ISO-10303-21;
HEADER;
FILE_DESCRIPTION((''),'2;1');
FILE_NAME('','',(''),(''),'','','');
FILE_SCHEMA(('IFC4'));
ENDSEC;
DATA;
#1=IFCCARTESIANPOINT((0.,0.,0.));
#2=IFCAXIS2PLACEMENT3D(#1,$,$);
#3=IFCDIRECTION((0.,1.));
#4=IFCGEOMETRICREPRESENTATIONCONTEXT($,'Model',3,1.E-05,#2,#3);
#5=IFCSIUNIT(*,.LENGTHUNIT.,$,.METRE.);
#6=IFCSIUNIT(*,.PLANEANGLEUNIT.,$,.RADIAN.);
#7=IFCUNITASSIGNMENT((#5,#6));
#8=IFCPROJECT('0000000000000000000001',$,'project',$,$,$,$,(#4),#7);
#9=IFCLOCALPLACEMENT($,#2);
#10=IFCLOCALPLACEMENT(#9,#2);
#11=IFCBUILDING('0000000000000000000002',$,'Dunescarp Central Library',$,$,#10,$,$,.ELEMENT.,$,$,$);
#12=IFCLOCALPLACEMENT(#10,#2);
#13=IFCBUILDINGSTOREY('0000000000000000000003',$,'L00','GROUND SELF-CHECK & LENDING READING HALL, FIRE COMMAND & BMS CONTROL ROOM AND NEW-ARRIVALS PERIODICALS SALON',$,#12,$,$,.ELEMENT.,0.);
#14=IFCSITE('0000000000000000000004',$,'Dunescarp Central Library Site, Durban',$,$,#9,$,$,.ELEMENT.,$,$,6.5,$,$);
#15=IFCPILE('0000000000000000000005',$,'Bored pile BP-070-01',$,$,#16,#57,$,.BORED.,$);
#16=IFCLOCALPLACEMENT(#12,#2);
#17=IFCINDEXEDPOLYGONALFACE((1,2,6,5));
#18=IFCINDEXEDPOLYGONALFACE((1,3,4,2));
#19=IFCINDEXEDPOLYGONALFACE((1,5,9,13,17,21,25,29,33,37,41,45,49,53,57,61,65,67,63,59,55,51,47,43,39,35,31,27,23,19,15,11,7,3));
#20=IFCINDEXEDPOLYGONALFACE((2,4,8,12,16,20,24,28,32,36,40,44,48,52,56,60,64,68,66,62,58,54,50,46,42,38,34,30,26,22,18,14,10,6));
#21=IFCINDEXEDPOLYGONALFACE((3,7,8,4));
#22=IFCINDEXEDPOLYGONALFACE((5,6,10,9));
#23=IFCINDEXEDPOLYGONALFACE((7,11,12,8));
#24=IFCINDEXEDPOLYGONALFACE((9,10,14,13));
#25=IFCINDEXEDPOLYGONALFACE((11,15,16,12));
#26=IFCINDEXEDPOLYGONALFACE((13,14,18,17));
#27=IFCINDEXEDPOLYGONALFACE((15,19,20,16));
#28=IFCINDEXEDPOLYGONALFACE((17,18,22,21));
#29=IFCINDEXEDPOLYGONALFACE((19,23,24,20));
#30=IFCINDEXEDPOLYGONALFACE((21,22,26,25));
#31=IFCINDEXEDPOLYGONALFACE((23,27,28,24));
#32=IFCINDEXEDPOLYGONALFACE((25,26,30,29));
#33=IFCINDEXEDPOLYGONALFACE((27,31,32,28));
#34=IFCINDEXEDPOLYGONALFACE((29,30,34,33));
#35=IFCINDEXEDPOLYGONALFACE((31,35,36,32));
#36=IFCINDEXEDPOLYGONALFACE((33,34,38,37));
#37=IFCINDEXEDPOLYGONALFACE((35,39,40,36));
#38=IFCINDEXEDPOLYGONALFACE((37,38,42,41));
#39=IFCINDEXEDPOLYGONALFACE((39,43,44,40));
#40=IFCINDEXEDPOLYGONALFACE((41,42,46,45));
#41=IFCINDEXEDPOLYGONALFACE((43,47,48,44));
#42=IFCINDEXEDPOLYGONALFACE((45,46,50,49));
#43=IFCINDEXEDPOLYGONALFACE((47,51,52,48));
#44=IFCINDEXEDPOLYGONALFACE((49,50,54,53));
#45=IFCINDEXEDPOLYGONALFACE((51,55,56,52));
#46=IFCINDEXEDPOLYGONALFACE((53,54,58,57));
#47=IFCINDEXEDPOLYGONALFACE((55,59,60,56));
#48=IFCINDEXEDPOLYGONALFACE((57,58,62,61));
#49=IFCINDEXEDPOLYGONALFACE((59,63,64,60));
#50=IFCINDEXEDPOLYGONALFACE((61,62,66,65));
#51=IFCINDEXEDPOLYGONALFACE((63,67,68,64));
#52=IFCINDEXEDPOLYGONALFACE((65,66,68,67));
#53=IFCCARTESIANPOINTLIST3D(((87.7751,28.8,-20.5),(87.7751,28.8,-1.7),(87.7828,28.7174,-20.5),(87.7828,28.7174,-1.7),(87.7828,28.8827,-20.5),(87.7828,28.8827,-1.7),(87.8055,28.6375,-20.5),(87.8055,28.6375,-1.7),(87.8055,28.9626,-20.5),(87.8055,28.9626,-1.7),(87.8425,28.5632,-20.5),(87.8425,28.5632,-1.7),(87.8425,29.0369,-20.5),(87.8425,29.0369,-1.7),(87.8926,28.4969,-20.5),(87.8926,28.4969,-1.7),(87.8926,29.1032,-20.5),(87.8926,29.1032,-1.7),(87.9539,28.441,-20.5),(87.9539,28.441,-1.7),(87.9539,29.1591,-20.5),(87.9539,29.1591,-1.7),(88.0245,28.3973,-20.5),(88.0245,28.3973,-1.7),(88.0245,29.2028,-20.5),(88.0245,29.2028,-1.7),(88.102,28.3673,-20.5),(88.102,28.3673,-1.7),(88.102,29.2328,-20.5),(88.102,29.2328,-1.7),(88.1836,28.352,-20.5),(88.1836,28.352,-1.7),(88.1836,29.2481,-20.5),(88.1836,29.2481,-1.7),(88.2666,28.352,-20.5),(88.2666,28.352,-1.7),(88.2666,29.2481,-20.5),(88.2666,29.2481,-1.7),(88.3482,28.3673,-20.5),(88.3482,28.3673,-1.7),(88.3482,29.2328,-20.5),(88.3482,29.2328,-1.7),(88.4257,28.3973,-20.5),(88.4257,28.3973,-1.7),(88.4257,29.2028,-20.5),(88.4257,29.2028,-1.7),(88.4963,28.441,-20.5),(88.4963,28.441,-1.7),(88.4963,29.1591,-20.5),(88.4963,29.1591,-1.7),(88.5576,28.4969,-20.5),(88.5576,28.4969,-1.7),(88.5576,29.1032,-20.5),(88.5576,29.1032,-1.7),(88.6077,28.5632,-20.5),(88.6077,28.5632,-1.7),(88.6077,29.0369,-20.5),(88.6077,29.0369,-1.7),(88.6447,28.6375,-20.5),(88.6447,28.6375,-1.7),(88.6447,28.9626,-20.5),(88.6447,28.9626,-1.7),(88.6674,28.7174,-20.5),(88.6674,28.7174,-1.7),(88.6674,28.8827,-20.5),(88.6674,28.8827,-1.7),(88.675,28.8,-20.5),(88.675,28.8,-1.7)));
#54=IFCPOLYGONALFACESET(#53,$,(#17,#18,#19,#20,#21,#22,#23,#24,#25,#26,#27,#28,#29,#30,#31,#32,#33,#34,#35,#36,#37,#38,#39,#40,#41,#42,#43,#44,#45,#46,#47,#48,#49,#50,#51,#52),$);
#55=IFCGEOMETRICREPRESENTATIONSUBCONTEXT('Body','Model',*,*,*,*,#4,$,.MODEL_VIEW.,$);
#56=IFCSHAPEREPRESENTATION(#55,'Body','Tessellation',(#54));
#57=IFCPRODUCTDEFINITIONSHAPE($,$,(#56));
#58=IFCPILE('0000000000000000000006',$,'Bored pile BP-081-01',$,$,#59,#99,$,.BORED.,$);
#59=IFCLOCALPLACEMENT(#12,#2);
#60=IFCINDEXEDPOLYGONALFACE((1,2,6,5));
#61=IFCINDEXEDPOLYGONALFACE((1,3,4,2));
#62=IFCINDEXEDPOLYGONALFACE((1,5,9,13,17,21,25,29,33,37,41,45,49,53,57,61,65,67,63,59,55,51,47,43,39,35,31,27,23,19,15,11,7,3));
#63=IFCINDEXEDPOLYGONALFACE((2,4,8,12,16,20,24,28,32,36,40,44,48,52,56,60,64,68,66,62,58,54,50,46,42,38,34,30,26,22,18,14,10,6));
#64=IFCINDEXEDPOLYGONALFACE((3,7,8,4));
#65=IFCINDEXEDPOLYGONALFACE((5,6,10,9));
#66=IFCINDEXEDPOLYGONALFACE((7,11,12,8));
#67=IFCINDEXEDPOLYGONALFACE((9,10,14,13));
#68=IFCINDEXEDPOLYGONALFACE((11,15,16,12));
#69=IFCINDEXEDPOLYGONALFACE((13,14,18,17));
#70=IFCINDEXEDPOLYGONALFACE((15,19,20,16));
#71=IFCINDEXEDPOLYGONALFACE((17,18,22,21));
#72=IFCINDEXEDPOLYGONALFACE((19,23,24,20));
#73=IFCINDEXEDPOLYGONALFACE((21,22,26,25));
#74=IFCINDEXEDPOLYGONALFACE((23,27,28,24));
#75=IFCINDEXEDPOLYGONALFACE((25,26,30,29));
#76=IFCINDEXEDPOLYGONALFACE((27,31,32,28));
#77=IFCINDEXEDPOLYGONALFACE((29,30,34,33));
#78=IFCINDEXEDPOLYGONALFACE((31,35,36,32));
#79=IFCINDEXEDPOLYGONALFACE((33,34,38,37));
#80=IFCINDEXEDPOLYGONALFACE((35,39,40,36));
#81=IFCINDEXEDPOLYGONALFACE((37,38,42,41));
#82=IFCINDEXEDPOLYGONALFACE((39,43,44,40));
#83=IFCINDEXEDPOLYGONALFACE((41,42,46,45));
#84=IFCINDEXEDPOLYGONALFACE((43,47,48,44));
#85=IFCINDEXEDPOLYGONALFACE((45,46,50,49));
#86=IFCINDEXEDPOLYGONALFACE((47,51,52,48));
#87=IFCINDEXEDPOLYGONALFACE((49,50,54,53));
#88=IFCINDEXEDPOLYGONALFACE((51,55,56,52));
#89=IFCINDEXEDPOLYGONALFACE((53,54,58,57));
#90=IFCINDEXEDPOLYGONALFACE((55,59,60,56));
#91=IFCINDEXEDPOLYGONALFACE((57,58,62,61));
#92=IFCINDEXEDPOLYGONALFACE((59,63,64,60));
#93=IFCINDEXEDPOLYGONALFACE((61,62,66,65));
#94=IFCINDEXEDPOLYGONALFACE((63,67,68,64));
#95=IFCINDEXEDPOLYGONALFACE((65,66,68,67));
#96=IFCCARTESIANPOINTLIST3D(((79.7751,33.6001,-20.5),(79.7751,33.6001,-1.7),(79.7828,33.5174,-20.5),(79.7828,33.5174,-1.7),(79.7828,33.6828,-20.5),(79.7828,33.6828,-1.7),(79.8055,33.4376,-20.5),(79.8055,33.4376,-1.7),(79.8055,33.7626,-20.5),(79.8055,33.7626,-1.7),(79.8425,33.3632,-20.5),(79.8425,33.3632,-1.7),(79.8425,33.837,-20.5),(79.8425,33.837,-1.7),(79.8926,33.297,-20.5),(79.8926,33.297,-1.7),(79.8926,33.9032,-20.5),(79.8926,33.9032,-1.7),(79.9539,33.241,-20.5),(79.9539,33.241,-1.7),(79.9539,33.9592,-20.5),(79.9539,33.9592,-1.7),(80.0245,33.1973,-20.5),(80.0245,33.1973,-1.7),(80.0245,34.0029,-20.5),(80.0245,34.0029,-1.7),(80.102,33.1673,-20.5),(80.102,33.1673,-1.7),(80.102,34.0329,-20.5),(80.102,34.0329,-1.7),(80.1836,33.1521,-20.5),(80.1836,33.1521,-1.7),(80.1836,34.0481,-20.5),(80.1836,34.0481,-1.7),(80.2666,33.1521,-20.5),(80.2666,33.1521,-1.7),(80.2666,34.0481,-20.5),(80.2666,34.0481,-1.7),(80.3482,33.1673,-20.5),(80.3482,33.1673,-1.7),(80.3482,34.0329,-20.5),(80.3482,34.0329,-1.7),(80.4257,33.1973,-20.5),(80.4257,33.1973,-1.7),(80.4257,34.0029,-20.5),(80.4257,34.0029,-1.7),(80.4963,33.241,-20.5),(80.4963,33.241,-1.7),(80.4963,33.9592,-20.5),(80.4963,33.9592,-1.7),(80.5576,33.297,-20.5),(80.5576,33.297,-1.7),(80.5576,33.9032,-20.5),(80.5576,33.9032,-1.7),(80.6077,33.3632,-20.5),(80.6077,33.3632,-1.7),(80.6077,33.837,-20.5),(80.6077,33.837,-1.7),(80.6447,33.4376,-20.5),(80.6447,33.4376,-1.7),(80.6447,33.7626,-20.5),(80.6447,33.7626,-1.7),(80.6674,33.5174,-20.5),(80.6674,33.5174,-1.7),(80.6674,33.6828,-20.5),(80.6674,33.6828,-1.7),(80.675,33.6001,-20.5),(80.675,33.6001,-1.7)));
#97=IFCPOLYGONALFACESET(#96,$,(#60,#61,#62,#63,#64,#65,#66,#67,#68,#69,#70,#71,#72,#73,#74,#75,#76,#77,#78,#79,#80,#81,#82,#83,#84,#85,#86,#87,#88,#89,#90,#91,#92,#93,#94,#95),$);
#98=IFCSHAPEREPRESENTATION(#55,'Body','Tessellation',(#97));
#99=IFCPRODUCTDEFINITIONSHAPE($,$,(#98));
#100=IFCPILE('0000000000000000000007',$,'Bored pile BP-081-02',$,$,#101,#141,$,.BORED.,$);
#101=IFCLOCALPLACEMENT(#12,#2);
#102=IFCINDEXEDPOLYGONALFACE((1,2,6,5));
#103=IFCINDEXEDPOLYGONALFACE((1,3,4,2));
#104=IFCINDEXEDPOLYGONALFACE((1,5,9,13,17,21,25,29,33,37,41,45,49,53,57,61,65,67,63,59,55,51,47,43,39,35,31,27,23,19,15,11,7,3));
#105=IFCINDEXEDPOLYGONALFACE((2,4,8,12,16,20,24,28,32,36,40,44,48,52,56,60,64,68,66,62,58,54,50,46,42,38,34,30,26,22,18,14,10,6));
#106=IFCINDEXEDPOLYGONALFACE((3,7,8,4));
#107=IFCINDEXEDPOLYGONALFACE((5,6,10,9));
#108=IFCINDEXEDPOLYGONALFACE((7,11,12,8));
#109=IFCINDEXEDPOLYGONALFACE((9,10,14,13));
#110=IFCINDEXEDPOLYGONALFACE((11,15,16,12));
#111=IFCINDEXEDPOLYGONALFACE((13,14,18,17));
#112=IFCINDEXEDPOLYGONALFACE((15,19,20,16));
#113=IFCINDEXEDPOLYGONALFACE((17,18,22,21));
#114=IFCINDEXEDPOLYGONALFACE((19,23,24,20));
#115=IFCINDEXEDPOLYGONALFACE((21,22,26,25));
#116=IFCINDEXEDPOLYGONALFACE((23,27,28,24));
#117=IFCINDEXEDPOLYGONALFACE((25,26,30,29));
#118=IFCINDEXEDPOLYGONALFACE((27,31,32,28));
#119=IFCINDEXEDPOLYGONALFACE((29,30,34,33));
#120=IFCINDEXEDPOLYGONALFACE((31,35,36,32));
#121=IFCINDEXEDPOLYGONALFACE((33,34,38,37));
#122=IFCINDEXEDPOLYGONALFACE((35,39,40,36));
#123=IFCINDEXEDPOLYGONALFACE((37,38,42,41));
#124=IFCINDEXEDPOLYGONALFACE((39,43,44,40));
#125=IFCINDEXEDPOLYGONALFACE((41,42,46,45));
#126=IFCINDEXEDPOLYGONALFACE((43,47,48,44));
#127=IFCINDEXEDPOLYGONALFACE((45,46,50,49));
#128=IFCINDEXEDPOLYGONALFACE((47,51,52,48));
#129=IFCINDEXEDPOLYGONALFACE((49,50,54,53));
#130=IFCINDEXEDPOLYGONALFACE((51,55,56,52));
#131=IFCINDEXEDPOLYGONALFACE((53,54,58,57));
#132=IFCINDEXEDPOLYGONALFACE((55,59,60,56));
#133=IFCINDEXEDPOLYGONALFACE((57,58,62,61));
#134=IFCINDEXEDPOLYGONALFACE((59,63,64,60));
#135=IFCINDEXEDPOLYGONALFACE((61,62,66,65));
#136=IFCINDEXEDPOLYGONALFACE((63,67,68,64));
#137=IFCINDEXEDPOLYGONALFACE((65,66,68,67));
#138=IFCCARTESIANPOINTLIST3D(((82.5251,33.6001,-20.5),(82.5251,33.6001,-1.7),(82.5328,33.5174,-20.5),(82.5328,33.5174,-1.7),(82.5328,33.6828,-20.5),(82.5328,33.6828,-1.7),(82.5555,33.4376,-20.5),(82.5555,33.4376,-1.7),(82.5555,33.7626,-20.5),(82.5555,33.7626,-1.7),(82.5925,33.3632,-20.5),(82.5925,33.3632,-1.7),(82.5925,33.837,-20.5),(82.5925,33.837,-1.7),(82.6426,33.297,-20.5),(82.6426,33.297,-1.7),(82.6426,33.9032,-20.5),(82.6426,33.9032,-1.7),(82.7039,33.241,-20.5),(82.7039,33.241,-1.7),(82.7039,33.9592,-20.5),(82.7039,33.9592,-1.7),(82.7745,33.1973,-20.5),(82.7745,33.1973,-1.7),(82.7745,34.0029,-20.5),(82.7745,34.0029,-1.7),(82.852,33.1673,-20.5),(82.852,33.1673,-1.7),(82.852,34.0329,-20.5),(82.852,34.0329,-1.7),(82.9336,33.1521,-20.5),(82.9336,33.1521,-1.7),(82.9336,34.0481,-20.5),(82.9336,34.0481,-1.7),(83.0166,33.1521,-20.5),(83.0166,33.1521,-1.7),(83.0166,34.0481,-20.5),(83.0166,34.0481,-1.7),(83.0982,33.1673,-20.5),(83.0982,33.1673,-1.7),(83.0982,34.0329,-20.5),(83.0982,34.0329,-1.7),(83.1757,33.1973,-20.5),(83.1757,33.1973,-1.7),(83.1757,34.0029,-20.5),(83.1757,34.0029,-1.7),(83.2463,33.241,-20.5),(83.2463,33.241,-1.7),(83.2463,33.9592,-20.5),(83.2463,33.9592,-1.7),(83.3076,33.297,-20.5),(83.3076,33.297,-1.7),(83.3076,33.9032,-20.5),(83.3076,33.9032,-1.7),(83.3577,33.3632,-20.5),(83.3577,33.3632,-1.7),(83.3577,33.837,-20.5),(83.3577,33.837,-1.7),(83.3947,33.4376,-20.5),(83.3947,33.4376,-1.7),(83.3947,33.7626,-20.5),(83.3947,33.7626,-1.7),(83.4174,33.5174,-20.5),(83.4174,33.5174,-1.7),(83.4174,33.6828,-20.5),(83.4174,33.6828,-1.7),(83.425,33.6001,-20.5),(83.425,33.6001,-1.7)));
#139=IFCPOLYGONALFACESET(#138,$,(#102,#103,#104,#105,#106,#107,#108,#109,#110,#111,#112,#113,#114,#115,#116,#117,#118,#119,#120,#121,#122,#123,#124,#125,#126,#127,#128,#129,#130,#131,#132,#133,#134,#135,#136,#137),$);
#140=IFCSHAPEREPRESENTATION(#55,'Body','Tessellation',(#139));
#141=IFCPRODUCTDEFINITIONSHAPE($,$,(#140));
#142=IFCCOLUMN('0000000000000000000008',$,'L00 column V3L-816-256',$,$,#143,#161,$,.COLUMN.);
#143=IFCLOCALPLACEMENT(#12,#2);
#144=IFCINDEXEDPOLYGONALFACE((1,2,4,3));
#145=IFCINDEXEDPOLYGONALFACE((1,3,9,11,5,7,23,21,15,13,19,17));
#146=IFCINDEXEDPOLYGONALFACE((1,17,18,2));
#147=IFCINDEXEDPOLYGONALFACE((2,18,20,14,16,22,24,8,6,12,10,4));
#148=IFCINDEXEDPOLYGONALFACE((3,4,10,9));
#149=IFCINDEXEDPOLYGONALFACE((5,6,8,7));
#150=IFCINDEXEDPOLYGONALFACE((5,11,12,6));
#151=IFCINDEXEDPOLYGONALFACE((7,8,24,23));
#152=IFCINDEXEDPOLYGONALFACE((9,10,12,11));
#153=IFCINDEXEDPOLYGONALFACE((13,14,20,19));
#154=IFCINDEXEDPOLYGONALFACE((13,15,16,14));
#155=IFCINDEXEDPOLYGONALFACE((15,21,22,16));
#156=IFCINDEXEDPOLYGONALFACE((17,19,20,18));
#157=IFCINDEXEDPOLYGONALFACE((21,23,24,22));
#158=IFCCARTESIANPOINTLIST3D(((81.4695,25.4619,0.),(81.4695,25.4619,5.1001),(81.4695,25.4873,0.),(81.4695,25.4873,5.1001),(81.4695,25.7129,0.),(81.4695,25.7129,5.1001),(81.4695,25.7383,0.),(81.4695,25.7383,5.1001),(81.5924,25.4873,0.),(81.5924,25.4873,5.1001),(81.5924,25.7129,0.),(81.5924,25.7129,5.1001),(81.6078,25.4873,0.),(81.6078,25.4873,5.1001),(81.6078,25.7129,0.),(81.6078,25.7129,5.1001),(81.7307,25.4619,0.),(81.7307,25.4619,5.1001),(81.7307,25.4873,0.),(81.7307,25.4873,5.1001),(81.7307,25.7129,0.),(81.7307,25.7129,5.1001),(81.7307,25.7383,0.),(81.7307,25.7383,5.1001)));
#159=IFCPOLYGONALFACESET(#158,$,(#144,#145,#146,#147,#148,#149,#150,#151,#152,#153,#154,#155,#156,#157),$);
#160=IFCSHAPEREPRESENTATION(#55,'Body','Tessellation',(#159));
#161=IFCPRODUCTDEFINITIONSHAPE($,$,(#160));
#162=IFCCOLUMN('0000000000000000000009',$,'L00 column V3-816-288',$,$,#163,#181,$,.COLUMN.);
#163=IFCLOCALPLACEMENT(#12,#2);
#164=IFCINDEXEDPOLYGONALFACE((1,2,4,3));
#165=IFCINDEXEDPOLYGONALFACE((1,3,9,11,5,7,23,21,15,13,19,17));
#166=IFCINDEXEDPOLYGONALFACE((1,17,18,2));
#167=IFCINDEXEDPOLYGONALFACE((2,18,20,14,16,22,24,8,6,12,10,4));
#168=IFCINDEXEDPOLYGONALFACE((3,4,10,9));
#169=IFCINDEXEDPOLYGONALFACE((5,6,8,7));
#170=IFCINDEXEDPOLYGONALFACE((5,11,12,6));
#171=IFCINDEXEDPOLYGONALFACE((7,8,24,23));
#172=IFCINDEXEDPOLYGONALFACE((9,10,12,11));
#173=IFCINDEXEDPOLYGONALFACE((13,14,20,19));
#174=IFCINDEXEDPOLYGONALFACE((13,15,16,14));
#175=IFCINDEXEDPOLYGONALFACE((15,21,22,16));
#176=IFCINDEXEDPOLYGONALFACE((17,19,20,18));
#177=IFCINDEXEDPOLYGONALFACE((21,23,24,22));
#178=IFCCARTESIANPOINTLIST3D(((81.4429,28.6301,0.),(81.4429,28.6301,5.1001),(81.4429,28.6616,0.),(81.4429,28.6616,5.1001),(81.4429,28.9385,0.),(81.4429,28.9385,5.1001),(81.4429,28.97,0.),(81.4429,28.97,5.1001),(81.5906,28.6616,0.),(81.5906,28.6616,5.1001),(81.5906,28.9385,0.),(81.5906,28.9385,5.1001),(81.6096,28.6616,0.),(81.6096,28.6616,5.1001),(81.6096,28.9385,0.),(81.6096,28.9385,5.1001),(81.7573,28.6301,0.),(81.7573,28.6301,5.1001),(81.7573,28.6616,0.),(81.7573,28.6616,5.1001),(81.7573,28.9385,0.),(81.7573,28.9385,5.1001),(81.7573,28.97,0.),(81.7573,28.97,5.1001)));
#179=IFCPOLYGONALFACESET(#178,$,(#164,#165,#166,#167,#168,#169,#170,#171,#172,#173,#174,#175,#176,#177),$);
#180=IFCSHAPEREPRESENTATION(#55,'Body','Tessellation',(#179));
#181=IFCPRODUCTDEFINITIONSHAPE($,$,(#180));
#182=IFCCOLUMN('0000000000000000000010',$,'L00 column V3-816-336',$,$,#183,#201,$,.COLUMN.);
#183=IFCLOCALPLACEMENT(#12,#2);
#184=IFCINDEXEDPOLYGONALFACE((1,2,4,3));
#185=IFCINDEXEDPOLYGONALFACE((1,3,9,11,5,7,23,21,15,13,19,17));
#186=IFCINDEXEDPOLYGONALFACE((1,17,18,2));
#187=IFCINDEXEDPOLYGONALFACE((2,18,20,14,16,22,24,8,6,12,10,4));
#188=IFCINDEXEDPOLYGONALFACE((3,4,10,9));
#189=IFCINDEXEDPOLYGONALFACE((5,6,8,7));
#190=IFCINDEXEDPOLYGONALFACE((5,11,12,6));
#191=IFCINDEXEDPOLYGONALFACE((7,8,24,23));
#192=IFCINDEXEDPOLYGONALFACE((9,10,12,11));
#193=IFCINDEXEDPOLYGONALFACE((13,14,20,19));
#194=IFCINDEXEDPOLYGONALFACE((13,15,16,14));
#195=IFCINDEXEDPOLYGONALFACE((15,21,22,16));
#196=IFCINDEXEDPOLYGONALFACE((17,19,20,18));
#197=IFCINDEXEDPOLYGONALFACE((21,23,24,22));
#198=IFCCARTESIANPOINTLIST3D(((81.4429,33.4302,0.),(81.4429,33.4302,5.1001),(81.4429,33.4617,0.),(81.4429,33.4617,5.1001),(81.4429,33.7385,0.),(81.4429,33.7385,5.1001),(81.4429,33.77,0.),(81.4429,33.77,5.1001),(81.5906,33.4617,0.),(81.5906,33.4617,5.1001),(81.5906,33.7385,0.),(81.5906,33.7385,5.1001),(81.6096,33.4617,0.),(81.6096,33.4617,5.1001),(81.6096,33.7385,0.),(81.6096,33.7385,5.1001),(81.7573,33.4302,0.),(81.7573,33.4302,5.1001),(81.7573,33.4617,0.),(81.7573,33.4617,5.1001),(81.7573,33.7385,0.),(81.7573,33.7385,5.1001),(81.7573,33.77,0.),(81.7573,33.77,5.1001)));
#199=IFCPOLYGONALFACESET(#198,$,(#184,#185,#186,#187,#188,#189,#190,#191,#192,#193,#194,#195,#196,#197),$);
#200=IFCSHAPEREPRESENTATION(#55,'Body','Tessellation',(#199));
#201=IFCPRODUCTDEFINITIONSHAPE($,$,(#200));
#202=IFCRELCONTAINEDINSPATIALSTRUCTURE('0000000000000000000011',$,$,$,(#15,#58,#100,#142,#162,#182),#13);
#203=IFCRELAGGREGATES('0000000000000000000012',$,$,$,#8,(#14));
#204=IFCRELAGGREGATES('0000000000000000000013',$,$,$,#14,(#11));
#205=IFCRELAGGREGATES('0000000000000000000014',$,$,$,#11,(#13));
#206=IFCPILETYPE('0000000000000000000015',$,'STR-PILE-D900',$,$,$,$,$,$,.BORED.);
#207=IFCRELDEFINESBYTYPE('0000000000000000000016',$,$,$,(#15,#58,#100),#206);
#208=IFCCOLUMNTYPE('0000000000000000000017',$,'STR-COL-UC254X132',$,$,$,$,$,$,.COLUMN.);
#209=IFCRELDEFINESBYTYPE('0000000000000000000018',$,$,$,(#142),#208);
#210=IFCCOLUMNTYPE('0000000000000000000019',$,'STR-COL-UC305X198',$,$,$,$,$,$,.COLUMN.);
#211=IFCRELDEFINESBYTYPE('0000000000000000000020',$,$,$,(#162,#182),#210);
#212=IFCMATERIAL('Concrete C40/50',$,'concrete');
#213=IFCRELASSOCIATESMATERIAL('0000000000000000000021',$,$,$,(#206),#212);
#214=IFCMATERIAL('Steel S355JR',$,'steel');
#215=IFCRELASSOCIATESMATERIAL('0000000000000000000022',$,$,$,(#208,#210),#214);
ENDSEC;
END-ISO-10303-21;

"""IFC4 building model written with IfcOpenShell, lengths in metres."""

from ifc_helpers import new_model, si_unit, direction, frame, origin, origin_2d, place, context, subcontext, project, spatial, circle, i_section, extrude, material, material_profile, profile_set, type_object, element, save


model = new_model("IFC4")

# Units and contexts
model_context = context("Model", 3, precision=1e-05, world=origin(), true_north=direction((0.0, 1.0)))
body_context = subcontext(model_context, "Body", "Model", "MODEL_VIEW")
ifc_project = project(units=[si_unit("LENGTHUNIT", "METRE"), si_unit("PLANEANGLEUNIT", "RADIAN")], contexts=[model_context])

# Site, building, storey
site_placement = place(None, origin())
site = spatial("IfcSite", under=ifc_project, at=site_placement, Name="Dunescarp Central Library Site, Durban", CompositionType="ELEMENT", RefElevation=6.5)
building_placement = place(site_placement, origin())
building = spatial("IfcBuilding", under=site, at=building_placement, Name="Dunescarp Central Library", CompositionType="ELEMENT")
storey_placement = place(building_placement, origin())
storey = spatial("IfcBuildingStorey", under=building, at=storey_placement, Name="L00", Description="GROUND SELF-CHECK & LENDING READING HALL, FIRE COMMAND & BMS CONTROL ROOM AND NEW-ARRIVALS PERIODICALS SALON", CompositionType="ELEMENT", Elevation=0.0)

# Shared definitions
ifc_material_1 = material(Name="Concrete C40/50", Category="concrete")

# Piles
ifc_material_profile_1 = material_profile(ifc_material_1, circle(Radius=0.45, at=origin_2d()), Name="PILE D900")
ifc_profile_set_1 = profile_set([ifc_material_profile_1], Name="Concrete C40/50")
pile_type_1 = type_object("IfcPileType", Name="STR-PILE-D900", PredefinedType="BORED", material=ifc_profile_set_1)
for number, where, z_axis, x_axis, name in (
    (1, (88.2251, 28.8, -1.7), (0.0, 0.0, -1.0), (1.0, 0.0, 0.0), "Bored pile BP-070-01"),
    (2, (80.2251, 33.6001, -1.7), (0.0, 0.0, -1.0), (1.0, 0.0, 0.0), "Bored pile BP-081-01"),
    (3, (82.9751, 33.6001, -1.7), (0.0, 0.0, -1.0), (1.0, 0.0, 0.0), "Bored pile BP-081-02"),
):
    element("IfcPile", number, at=place(storey_placement, frame(where, z_axis=z_axis, x_axis=x_axis)), inside=storey, type_object=pile_type_1, Name=name, PredefinedType="BORED", context=body_context, shape_type="SweptSolid", body=[
        extrude(circle(Radius=0.45, at=origin_2d()), origin(), (0.0, 0.0, 1.0), 18.8),
    ])

# Columns
ifc_material_2 = material(Name="Steel S355JR", Category="steel")
ifc_material_profile_2 = material_profile(ifc_material_2, i_section(OverallWidth=0.2612, OverallDepth=0.2764, WebThickness=0.0154, FlangeThickness=0.0254, at=origin_2d()), Name="UC 254x254x132")
ifc_profile_set_2 = profile_set([ifc_material_profile_2], Name="Steel S355JR")
column_type_1 = type_object("IfcColumnType", Name="STR-COL-UC254X132", PredefinedType="COLUMN", material=ifc_profile_set_2)
column_placement = place(storey_placement, frame((81.6001, 25.6001, 0.0), z_axis=(0.0, 0.0, 1.0), x_axis=(1.0, 0.0, 0.0)))
element("IfcColumn", 4, at=column_placement, inside=storey, type_object=column_type_1, Name="L00 column V3L-816-256", PredefinedType="COLUMN", context=body_context, shape_type="SweptSolid", body=[
    extrude(i_section(OverallWidth=0.2612, OverallDepth=0.2764, WebThickness=0.0154, FlangeThickness=0.0254, at=origin_2d()), origin(), (0.0, 0.0, 1.0), 5.1001),
])
ifc_material_profile_3 = material_profile(ifc_material_2, i_section(OverallWidth=0.3145, OverallDepth=0.3398, WebThickness=0.019, FlangeThickness=0.0315, at=origin_2d()), Name="UC 305x305x198")
ifc_profile_set_3 = profile_set([ifc_material_profile_3], Name="Steel S355JR")
column_type_2 = type_object("IfcColumnType", Name="STR-COL-UC305X198", PredefinedType="COLUMN", material=ifc_profile_set_3)
for number, where, z_axis, x_axis, name in (
    (5, (81.6001, 28.8, 0.0), (0.0, 0.0, 1.0), (1.0, 0.0, 0.0), "L00 column V3-816-288"),
    (6, (81.6001, 33.6001, 0.0), (0.0, 0.0, 1.0), (1.0, 0.0, 0.0), "L00 column V3-816-336"),
):
    element("IfcColumn", number, at=place(storey_placement, frame(where, z_axis=z_axis, x_axis=x_axis)), inside=storey, type_object=column_type_2, Name=name, PredefinedType="COLUMN", context=body_context, shape_type="SweptSolid", body=[
        extrude(i_section(OverallWidth=0.3145, OverallDepth=0.3398, WebThickness=0.019, FlangeThickness=0.0315, at=origin_2d()), origin(), (0.0, 0.0, 1.0), 5.1001),
    ])

save(model, "model.ifc")
